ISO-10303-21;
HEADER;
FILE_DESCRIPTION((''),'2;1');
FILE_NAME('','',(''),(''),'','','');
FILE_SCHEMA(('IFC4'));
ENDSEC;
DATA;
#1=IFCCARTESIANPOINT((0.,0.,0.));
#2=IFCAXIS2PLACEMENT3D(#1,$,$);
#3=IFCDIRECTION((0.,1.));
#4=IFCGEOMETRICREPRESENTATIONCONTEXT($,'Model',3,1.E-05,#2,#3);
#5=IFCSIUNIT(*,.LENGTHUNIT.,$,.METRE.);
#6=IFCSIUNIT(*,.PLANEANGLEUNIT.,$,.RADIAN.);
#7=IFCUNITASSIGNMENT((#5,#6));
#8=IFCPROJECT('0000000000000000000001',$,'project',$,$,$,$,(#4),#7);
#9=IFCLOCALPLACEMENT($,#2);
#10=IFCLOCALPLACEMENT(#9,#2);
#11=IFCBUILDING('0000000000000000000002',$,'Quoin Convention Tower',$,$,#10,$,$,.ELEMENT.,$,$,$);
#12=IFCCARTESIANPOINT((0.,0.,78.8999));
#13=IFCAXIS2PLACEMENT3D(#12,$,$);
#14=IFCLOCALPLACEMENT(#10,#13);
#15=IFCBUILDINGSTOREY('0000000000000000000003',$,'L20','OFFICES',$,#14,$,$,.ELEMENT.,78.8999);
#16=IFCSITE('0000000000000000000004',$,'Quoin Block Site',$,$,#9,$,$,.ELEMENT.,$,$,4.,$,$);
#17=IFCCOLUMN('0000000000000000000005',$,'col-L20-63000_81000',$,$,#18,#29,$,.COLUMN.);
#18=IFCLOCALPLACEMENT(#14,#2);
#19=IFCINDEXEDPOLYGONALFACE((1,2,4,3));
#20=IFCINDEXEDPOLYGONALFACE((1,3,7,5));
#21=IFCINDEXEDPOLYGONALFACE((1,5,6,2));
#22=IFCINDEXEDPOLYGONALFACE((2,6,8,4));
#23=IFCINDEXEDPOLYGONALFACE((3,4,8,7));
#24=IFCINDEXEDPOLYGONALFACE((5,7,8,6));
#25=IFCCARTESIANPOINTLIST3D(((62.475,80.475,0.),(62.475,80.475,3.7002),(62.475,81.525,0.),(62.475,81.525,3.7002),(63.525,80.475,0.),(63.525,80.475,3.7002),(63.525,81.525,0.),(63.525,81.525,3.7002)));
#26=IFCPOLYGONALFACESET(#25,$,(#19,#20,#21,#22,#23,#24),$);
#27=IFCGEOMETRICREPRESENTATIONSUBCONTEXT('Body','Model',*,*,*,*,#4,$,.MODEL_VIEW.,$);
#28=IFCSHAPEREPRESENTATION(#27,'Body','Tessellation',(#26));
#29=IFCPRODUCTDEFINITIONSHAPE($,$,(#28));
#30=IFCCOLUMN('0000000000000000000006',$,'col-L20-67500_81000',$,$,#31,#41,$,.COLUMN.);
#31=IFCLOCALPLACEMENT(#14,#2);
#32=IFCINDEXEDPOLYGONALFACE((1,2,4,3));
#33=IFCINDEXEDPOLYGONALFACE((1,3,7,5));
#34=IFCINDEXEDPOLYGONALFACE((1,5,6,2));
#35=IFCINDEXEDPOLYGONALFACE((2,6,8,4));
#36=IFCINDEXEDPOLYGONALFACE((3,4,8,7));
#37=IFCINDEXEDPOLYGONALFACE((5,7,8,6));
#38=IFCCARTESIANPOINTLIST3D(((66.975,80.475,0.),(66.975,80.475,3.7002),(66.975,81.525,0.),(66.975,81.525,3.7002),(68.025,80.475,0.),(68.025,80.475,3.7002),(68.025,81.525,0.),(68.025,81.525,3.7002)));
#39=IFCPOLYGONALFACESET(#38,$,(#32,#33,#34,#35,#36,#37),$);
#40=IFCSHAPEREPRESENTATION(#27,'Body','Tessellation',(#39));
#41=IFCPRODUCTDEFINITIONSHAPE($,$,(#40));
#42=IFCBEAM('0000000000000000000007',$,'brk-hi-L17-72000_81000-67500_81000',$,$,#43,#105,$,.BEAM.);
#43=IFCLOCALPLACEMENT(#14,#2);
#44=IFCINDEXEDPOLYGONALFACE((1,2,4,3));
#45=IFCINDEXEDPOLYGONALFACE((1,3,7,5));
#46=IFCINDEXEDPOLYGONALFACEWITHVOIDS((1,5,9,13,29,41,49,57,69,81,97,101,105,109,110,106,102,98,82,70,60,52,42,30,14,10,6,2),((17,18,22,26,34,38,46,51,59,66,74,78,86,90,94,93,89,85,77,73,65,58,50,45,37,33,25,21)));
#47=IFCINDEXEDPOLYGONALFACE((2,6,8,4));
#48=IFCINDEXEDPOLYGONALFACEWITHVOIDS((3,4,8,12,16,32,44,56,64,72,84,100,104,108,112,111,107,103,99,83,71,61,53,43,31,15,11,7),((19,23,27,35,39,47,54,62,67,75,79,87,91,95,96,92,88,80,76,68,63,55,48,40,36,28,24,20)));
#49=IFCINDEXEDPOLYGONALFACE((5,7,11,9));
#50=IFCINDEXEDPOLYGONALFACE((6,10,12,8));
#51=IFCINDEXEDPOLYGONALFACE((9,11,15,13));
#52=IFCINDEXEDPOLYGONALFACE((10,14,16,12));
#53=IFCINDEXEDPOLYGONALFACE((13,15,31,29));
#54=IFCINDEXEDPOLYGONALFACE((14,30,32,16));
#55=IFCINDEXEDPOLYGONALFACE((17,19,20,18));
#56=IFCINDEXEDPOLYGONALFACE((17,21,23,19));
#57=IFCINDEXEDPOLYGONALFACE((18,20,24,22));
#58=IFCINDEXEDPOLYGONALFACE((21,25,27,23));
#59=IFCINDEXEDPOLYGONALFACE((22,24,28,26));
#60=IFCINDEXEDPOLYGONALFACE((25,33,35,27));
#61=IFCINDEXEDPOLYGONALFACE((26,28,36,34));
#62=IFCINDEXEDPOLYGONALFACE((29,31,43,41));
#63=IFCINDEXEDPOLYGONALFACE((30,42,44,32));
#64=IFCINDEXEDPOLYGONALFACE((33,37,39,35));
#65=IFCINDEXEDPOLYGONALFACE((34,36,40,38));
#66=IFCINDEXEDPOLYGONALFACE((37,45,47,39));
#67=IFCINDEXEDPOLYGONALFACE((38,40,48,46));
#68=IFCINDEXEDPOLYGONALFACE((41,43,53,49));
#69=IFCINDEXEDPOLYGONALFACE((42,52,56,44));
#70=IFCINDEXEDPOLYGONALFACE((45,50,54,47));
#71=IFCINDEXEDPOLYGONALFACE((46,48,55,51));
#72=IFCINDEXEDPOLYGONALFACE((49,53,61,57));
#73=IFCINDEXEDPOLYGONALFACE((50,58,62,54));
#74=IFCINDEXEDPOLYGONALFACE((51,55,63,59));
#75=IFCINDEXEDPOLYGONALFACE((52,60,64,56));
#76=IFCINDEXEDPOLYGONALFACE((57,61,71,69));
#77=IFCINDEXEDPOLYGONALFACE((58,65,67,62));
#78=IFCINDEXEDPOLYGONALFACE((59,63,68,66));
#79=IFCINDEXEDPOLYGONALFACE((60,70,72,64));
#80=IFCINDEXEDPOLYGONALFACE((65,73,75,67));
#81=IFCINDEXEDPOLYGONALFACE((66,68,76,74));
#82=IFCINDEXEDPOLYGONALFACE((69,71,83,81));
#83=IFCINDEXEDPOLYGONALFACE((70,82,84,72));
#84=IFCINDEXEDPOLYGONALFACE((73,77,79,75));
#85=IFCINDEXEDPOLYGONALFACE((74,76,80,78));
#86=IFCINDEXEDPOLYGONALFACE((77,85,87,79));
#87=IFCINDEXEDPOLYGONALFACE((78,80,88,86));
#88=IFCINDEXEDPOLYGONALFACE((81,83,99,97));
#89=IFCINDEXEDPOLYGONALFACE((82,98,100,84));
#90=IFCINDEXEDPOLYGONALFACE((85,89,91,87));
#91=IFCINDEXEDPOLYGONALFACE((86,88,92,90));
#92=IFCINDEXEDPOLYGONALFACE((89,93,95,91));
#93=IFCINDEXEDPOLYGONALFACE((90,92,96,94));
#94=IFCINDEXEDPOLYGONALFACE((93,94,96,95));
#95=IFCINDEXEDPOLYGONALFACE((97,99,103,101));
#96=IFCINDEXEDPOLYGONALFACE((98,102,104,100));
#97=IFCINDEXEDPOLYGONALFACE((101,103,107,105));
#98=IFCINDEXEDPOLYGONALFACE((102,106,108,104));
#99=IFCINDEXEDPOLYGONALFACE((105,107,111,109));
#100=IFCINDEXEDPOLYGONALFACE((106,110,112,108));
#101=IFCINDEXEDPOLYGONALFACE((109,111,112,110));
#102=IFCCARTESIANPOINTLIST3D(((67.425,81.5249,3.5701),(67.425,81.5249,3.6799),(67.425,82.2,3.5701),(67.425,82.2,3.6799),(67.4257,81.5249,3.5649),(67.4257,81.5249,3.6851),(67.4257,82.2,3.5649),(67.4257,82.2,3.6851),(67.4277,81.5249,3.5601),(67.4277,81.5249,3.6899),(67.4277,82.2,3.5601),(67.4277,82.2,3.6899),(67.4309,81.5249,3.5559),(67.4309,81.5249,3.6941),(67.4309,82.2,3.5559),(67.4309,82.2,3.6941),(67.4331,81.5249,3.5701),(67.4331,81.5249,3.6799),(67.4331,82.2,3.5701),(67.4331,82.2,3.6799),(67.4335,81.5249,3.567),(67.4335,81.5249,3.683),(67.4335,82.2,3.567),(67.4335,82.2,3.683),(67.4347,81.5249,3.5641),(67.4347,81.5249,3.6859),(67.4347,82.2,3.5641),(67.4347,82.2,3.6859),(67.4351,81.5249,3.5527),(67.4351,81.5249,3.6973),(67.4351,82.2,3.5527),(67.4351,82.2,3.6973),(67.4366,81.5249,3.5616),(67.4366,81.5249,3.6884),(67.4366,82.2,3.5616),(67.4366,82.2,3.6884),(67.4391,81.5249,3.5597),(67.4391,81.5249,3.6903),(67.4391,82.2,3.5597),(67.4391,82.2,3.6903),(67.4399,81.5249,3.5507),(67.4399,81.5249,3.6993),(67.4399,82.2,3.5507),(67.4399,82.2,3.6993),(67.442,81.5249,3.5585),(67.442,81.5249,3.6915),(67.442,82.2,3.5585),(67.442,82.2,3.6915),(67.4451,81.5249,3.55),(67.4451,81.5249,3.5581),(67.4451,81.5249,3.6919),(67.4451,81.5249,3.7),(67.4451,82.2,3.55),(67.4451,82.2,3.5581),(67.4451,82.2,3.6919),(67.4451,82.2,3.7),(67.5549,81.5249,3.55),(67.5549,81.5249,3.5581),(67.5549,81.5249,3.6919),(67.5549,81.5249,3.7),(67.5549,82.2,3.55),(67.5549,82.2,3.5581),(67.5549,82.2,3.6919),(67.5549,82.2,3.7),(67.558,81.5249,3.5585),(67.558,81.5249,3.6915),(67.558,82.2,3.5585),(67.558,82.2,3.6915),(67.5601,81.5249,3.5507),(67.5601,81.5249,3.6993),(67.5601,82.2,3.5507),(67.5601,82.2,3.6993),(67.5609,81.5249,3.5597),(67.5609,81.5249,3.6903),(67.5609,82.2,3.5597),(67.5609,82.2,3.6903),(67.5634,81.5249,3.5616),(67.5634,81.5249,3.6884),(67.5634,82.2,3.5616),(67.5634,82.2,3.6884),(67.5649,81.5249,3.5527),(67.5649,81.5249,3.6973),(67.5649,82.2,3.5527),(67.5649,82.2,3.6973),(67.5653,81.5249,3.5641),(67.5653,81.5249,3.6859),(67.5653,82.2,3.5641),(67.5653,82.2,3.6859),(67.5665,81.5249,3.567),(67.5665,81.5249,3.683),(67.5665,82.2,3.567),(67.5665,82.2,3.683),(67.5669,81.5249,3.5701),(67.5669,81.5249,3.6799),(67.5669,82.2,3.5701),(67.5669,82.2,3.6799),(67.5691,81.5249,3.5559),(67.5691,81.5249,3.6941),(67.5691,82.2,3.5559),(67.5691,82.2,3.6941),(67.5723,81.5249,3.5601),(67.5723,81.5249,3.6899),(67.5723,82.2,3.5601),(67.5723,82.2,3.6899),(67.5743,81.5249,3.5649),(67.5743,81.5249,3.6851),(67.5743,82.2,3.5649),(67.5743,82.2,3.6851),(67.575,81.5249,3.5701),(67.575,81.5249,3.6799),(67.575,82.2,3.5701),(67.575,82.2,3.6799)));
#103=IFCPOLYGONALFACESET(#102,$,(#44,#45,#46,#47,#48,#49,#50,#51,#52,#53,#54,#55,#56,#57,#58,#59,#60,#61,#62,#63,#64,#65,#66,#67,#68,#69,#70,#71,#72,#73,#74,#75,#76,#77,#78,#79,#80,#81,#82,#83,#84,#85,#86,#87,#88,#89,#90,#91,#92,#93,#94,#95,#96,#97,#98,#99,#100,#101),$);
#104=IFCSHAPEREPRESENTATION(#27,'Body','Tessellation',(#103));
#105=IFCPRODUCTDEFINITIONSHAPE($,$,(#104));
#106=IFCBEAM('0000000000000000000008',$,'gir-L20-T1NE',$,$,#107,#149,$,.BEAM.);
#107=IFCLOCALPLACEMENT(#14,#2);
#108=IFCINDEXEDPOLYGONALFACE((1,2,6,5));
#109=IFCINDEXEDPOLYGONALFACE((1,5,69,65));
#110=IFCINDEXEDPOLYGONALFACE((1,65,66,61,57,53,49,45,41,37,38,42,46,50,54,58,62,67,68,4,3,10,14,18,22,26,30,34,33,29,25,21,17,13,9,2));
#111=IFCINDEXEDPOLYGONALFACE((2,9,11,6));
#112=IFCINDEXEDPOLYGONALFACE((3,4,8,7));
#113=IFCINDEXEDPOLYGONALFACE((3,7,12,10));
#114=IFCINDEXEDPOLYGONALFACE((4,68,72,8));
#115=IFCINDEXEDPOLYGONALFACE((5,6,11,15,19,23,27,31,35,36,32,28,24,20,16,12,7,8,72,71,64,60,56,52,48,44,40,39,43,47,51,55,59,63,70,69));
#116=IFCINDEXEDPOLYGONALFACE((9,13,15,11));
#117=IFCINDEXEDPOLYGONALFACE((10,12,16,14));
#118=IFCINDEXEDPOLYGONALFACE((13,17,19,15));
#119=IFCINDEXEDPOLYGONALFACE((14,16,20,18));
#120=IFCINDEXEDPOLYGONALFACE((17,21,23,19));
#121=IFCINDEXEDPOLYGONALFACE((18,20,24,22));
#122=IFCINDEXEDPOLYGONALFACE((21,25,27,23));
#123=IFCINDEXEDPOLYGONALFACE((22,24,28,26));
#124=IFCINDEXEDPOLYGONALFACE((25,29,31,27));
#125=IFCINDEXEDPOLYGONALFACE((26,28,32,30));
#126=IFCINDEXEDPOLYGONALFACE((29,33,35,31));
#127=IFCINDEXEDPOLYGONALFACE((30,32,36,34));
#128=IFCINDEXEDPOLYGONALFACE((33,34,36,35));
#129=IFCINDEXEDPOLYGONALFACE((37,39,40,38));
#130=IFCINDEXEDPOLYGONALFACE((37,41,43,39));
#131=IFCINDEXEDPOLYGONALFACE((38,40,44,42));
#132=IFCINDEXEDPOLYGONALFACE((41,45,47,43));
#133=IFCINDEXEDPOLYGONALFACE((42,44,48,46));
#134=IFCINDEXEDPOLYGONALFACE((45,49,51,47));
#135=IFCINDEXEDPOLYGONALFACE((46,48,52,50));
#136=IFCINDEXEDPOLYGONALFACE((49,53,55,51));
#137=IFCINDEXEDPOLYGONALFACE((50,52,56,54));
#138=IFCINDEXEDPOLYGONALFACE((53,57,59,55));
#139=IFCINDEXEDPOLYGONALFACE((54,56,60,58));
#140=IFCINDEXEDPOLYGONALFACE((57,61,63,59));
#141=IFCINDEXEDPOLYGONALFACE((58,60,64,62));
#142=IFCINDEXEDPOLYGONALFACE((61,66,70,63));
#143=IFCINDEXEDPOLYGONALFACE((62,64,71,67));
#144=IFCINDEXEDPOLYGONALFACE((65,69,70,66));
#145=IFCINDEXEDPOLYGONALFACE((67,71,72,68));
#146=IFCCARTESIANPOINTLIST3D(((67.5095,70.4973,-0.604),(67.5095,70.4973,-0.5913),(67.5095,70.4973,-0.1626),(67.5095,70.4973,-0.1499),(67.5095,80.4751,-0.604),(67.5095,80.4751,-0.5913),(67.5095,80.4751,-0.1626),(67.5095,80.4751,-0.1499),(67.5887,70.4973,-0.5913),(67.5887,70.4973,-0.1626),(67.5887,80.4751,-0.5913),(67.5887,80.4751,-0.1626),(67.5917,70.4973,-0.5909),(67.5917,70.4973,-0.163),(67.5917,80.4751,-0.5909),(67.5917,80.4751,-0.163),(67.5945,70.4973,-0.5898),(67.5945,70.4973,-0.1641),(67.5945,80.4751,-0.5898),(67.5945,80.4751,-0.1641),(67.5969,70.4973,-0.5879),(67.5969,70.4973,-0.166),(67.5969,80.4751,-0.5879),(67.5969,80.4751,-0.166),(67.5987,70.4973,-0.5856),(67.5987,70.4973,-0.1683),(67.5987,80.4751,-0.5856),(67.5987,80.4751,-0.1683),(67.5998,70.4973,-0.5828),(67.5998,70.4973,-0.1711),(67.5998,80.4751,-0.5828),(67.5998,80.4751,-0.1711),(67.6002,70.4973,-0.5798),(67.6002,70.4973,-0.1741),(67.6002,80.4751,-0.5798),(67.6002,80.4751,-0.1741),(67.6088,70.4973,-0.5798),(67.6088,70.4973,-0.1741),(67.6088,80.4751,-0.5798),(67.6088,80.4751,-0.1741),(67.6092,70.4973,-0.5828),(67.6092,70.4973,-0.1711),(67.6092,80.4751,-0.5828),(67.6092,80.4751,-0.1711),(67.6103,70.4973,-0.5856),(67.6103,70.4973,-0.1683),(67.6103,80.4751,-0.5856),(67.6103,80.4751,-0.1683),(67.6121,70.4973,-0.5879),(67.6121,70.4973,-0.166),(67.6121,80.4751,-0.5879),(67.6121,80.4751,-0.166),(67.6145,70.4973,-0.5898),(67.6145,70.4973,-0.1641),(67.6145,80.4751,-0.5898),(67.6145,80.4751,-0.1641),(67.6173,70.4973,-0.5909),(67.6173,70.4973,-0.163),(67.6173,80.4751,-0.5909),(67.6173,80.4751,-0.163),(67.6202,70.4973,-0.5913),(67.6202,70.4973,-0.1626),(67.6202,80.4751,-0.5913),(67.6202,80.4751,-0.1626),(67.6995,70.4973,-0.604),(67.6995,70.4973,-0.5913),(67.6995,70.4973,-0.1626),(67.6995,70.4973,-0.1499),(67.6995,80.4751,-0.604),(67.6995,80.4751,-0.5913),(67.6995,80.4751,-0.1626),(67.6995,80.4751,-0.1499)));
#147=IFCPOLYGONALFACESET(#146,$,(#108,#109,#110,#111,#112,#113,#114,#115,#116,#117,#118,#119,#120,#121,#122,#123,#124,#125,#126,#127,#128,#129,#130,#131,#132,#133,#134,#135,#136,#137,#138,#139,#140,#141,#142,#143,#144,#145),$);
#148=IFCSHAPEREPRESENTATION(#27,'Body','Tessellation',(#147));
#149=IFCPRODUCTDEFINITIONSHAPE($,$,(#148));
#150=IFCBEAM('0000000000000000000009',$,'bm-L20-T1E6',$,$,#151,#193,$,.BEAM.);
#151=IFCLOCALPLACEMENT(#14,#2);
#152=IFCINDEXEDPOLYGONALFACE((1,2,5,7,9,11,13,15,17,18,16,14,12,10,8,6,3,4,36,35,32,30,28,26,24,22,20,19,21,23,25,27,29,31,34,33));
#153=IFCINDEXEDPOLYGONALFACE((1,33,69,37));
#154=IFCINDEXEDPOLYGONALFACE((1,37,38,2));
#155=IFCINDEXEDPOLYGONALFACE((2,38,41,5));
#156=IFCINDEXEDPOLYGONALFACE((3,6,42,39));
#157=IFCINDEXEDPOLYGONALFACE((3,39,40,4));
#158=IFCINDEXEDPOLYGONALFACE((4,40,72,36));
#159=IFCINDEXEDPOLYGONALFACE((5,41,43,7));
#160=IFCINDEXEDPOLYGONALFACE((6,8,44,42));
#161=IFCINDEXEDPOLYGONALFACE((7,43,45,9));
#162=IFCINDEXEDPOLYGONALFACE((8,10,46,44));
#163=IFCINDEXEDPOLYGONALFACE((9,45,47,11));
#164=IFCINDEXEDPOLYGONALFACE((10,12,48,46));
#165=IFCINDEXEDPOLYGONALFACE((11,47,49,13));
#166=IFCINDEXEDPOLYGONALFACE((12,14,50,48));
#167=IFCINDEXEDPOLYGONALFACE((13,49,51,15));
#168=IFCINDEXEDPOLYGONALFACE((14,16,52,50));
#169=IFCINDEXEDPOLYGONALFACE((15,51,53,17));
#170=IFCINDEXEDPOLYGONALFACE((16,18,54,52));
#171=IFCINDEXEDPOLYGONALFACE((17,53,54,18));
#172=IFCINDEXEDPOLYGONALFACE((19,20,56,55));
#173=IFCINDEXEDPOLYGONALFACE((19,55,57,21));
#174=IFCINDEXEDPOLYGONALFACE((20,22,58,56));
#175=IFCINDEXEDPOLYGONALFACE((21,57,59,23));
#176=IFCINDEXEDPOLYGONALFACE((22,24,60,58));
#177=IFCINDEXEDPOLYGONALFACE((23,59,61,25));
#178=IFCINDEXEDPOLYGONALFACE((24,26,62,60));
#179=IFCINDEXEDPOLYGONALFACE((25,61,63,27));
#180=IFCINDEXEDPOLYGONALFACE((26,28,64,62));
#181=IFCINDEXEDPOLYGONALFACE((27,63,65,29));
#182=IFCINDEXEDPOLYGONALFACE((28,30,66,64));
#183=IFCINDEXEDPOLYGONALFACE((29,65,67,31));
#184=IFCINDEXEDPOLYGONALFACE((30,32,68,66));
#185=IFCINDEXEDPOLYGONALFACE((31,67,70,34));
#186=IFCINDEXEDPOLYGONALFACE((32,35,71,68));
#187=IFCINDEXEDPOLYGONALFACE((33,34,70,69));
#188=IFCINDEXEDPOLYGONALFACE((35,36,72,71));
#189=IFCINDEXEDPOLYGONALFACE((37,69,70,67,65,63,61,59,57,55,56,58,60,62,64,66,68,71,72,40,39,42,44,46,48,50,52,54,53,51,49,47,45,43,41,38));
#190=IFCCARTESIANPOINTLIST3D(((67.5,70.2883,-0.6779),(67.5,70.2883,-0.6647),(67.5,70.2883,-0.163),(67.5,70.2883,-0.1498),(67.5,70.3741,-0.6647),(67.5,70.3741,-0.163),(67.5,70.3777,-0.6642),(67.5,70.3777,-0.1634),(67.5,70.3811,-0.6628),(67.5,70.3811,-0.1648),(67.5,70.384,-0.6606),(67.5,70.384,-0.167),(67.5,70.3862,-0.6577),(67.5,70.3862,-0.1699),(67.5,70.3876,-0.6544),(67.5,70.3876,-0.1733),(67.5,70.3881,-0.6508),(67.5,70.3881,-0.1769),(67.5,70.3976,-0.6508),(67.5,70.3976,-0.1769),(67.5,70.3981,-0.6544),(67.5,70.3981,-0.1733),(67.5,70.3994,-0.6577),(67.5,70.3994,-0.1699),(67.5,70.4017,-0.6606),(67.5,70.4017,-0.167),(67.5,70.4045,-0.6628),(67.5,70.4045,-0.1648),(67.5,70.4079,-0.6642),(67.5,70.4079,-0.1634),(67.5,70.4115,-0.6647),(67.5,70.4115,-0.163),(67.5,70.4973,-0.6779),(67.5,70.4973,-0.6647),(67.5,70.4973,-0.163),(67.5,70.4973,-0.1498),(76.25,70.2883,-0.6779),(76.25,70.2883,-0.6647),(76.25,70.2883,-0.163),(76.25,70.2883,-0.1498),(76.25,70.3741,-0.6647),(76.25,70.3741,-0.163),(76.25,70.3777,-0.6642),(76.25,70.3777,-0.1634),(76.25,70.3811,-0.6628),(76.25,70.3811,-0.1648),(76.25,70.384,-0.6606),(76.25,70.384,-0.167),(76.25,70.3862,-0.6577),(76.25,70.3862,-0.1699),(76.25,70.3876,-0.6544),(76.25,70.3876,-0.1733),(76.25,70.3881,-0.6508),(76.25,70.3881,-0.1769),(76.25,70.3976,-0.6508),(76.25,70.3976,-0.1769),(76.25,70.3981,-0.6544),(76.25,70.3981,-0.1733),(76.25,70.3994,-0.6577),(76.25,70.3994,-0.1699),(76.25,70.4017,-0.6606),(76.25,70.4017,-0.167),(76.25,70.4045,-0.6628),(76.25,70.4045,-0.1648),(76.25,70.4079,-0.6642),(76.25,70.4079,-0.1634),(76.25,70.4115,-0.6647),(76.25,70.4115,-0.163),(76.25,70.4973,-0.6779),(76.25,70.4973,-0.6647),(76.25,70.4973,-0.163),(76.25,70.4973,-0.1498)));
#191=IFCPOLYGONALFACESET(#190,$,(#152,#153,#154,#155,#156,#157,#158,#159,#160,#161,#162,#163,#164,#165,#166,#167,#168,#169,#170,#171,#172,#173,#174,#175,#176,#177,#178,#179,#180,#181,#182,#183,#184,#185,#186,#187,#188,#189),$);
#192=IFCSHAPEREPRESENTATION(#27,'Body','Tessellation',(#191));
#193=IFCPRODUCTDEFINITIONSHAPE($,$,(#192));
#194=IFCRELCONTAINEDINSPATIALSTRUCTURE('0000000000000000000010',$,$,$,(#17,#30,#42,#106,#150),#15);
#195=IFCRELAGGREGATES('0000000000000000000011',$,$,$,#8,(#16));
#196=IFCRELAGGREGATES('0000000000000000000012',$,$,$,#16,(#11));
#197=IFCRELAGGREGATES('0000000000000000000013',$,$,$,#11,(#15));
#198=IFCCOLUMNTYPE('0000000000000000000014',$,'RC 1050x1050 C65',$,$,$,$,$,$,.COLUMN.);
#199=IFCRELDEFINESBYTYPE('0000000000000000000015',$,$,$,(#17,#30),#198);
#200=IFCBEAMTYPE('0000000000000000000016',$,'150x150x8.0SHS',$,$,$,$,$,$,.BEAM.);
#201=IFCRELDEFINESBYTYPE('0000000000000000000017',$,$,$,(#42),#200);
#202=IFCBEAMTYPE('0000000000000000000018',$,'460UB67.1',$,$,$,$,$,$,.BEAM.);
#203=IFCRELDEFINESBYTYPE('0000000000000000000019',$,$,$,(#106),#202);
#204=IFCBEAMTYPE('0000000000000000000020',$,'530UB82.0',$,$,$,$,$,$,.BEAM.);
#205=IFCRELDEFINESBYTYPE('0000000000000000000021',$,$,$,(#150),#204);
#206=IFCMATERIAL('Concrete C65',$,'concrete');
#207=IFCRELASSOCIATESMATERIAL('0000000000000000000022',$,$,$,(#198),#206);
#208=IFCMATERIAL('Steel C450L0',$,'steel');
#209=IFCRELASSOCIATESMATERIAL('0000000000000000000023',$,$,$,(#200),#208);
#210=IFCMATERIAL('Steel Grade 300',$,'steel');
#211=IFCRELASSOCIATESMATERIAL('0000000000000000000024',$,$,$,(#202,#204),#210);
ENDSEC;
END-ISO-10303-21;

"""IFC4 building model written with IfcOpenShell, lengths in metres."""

from ifc_helpers import new_model, si_unit, direction, frame, origin, origin_2d, place, context, subcontext, project, spatial, rectangle, hollow_rectangle, i_section, extrude, material, material_profile, profile_set, type_object, element, save


model = new_model("IFC4")

# Units and contexts
model_context = context("Model", 3, precision=1e-05, world=origin(), true_north=direction((0.0, 1.0)))
body_context = subcontext(model_context, "Body", "Model", "MODEL_VIEW")
ifc_project = project(units=[si_unit("LENGTHUNIT", "METRE"), si_unit("PLANEANGLEUNIT", "RADIAN")], contexts=[model_context])

# Site, building, storey
site_placement = place(None, origin())
site = spatial("IfcSite", under=ifc_project, at=site_placement, Name="Quoin Block Site", CompositionType="ELEMENT", RefElevation=4.0)
building_placement = place(site_placement, origin())
building = spatial("IfcBuilding", under=site, at=building_placement, Name="Quoin Convention Tower", CompositionType="ELEMENT")
storey_placement = place(building_placement, frame((0.0, 0.0, 78.8999)))
storey = spatial("IfcBuildingStorey", under=building, at=storey_placement, Name="L20", Description="OFFICES", CompositionType="ELEMENT", Elevation=78.8999)

# Columns
ifc_material_1 = material(Name="Concrete C65", Category="concrete")
ifc_material_profile_1 = material_profile(ifc_material_1, rectangle(XDim=1.05, YDim=1.05, at=origin_2d()), Name="RC 1050x1050")
ifc_profile_set_1 = profile_set([ifc_material_profile_1], Name="Concrete C65")
column_type = type_object("IfcColumnType", Name="RC 1050x1050 C65", PredefinedType="COLUMN", material=ifc_profile_set_1)
for number, where, z_axis, x_axis, name in (
    (1, (63.0, 81.0, 0.0), (0.0, 0.0, 1.0), (1.0, 0.0, 0.0), "col-L20-63000_81000"),
    (2, (67.5, 81.0, 0.0), (0.0, 0.0, 1.0), (1.0, 0.0, 0.0), "col-L20-67500_81000"),
):
    element("IfcColumn", number, at=place(storey_placement, frame(where, z_axis=z_axis, x_axis=x_axis)), inside=storey, type_object=column_type, Name=name, PredefinedType="COLUMN", context=body_context, shape_type="SweptSolid", body=[
        extrude(rectangle(XDim=1.05, YDim=1.05, at=origin_2d()), origin(), (0.0, 0.0, 1.0), 3.7002),
    ])

# Beams
ifc_material_2 = material(Name="Steel C450L0", Category="steel")
ifc_material_profile_2 = material_profile(ifc_material_2, hollow_rectangle(XDim=0.1499, YDim=0.1499, WallThickness=0.0081, InnerFilletRadius=0.012, OuterFilletRadius=0.02, at=origin_2d()), Name="150x150x8.0SHS")
ifc_profile_set_2 = profile_set([ifc_material_profile_2], Name="Steel C450L0")
beam_type_1 = type_object("IfcBeamType", Name="150x150x8.0SHS", PredefinedType="BEAM", material=ifc_profile_set_2)
beam_1_placement = place(storey_placement, frame((67.5, 81.5249, 3.625), z_axis=(0.0, 1.0, 0.0), x_axis=(-1.0, 0.0, 0.0)))
element("IfcBeam", 3, at=beam_1_placement, inside=storey, type_object=beam_type_1, Name="brk-hi-L17-72000_81000-67500_81000", PredefinedType="BEAM", context=body_context, shape_type="SweptSolid", body=[
    extrude(hollow_rectangle(XDim=0.1499, YDim=0.1499, WallThickness=0.0081, InnerFilletRadius=0.012, OuterFilletRadius=0.02, at=origin_2d()), origin(), (0.0, 0.0, 1.0), 0.675),
])
ifc_material_3 = material(Name="Steel Grade 300", Category="steel")
ifc_material_profile_3 = material_profile(ifc_material_3, i_section(OverallWidth=0.1899, OverallDepth=0.4541, WebThickness=0.0085, FlangeThickness=0.0127, FilletRadius=0.0115, at=origin_2d()), Name="460UB67.1")
ifc_profile_set_3 = profile_set([ifc_material_profile_3], Name="Steel Grade 300")
beam_type_2 = type_object("IfcBeamType", Name="460UB67.1", PredefinedType="BEAM", material=ifc_profile_set_3)
beam_2_placement = place(storey_placement, frame((67.6045, 80.4751, -0.377), z_axis=(0.0, -1.0, 0.0), x_axis=(1.0, 0.0, 0.0)))
element("IfcBeam", 4, at=beam_2_placement, inside=storey, type_object=beam_type_2, Name="gir-L20-T1NE", PredefinedType="BEAM", context=body_context, shape_type="SweptSolid", body=[
    extrude(i_section(OverallWidth=0.1899, OverallDepth=0.4541, WebThickness=0.0085, FlangeThickness=0.0127, FilletRadius=0.0115, at=origin_2d()), origin(), (0.0, 0.0, 1.0), 9.9778),
])
ifc_material_profile_4 = material_profile(ifc_material_3, i_section(OverallWidth=0.209, OverallDepth=0.5281, WebThickness=0.0095, FlangeThickness=0.0132, FilletRadius=0.0139, at=origin_2d()), Name="530UB82.0")
ifc_profile_set_4 = profile_set([ifc_material_profile_4], Name="Steel Grade 300")
beam_type_3 = type_object("IfcBeamType", Name="530UB82.0", PredefinedType="BEAM", material=ifc_profile_set_4)
beam_3_placement = place(storey_placement, frame((67.5, 70.3928, -0.4138), z_axis=(1.0, 0.0, 0.0), x_axis=(0.0, 1.0, 0.0)))
element("IfcBeam", 5, at=beam_3_placement, inside=storey, type_object=beam_type_3, Name="bm-L20-T1E6", PredefinedType="BEAM", context=body_context, shape_type="SweptSolid", body=[
    extrude(i_section(OverallWidth=0.209, OverallDepth=0.5281, WebThickness=0.0095, FlangeThickness=0.0132, FilletRadius=0.0139, at=origin_2d()), origin(), (0.0, 0.0, 1.0), 8.75),
])

save(model, "model.ifc")
